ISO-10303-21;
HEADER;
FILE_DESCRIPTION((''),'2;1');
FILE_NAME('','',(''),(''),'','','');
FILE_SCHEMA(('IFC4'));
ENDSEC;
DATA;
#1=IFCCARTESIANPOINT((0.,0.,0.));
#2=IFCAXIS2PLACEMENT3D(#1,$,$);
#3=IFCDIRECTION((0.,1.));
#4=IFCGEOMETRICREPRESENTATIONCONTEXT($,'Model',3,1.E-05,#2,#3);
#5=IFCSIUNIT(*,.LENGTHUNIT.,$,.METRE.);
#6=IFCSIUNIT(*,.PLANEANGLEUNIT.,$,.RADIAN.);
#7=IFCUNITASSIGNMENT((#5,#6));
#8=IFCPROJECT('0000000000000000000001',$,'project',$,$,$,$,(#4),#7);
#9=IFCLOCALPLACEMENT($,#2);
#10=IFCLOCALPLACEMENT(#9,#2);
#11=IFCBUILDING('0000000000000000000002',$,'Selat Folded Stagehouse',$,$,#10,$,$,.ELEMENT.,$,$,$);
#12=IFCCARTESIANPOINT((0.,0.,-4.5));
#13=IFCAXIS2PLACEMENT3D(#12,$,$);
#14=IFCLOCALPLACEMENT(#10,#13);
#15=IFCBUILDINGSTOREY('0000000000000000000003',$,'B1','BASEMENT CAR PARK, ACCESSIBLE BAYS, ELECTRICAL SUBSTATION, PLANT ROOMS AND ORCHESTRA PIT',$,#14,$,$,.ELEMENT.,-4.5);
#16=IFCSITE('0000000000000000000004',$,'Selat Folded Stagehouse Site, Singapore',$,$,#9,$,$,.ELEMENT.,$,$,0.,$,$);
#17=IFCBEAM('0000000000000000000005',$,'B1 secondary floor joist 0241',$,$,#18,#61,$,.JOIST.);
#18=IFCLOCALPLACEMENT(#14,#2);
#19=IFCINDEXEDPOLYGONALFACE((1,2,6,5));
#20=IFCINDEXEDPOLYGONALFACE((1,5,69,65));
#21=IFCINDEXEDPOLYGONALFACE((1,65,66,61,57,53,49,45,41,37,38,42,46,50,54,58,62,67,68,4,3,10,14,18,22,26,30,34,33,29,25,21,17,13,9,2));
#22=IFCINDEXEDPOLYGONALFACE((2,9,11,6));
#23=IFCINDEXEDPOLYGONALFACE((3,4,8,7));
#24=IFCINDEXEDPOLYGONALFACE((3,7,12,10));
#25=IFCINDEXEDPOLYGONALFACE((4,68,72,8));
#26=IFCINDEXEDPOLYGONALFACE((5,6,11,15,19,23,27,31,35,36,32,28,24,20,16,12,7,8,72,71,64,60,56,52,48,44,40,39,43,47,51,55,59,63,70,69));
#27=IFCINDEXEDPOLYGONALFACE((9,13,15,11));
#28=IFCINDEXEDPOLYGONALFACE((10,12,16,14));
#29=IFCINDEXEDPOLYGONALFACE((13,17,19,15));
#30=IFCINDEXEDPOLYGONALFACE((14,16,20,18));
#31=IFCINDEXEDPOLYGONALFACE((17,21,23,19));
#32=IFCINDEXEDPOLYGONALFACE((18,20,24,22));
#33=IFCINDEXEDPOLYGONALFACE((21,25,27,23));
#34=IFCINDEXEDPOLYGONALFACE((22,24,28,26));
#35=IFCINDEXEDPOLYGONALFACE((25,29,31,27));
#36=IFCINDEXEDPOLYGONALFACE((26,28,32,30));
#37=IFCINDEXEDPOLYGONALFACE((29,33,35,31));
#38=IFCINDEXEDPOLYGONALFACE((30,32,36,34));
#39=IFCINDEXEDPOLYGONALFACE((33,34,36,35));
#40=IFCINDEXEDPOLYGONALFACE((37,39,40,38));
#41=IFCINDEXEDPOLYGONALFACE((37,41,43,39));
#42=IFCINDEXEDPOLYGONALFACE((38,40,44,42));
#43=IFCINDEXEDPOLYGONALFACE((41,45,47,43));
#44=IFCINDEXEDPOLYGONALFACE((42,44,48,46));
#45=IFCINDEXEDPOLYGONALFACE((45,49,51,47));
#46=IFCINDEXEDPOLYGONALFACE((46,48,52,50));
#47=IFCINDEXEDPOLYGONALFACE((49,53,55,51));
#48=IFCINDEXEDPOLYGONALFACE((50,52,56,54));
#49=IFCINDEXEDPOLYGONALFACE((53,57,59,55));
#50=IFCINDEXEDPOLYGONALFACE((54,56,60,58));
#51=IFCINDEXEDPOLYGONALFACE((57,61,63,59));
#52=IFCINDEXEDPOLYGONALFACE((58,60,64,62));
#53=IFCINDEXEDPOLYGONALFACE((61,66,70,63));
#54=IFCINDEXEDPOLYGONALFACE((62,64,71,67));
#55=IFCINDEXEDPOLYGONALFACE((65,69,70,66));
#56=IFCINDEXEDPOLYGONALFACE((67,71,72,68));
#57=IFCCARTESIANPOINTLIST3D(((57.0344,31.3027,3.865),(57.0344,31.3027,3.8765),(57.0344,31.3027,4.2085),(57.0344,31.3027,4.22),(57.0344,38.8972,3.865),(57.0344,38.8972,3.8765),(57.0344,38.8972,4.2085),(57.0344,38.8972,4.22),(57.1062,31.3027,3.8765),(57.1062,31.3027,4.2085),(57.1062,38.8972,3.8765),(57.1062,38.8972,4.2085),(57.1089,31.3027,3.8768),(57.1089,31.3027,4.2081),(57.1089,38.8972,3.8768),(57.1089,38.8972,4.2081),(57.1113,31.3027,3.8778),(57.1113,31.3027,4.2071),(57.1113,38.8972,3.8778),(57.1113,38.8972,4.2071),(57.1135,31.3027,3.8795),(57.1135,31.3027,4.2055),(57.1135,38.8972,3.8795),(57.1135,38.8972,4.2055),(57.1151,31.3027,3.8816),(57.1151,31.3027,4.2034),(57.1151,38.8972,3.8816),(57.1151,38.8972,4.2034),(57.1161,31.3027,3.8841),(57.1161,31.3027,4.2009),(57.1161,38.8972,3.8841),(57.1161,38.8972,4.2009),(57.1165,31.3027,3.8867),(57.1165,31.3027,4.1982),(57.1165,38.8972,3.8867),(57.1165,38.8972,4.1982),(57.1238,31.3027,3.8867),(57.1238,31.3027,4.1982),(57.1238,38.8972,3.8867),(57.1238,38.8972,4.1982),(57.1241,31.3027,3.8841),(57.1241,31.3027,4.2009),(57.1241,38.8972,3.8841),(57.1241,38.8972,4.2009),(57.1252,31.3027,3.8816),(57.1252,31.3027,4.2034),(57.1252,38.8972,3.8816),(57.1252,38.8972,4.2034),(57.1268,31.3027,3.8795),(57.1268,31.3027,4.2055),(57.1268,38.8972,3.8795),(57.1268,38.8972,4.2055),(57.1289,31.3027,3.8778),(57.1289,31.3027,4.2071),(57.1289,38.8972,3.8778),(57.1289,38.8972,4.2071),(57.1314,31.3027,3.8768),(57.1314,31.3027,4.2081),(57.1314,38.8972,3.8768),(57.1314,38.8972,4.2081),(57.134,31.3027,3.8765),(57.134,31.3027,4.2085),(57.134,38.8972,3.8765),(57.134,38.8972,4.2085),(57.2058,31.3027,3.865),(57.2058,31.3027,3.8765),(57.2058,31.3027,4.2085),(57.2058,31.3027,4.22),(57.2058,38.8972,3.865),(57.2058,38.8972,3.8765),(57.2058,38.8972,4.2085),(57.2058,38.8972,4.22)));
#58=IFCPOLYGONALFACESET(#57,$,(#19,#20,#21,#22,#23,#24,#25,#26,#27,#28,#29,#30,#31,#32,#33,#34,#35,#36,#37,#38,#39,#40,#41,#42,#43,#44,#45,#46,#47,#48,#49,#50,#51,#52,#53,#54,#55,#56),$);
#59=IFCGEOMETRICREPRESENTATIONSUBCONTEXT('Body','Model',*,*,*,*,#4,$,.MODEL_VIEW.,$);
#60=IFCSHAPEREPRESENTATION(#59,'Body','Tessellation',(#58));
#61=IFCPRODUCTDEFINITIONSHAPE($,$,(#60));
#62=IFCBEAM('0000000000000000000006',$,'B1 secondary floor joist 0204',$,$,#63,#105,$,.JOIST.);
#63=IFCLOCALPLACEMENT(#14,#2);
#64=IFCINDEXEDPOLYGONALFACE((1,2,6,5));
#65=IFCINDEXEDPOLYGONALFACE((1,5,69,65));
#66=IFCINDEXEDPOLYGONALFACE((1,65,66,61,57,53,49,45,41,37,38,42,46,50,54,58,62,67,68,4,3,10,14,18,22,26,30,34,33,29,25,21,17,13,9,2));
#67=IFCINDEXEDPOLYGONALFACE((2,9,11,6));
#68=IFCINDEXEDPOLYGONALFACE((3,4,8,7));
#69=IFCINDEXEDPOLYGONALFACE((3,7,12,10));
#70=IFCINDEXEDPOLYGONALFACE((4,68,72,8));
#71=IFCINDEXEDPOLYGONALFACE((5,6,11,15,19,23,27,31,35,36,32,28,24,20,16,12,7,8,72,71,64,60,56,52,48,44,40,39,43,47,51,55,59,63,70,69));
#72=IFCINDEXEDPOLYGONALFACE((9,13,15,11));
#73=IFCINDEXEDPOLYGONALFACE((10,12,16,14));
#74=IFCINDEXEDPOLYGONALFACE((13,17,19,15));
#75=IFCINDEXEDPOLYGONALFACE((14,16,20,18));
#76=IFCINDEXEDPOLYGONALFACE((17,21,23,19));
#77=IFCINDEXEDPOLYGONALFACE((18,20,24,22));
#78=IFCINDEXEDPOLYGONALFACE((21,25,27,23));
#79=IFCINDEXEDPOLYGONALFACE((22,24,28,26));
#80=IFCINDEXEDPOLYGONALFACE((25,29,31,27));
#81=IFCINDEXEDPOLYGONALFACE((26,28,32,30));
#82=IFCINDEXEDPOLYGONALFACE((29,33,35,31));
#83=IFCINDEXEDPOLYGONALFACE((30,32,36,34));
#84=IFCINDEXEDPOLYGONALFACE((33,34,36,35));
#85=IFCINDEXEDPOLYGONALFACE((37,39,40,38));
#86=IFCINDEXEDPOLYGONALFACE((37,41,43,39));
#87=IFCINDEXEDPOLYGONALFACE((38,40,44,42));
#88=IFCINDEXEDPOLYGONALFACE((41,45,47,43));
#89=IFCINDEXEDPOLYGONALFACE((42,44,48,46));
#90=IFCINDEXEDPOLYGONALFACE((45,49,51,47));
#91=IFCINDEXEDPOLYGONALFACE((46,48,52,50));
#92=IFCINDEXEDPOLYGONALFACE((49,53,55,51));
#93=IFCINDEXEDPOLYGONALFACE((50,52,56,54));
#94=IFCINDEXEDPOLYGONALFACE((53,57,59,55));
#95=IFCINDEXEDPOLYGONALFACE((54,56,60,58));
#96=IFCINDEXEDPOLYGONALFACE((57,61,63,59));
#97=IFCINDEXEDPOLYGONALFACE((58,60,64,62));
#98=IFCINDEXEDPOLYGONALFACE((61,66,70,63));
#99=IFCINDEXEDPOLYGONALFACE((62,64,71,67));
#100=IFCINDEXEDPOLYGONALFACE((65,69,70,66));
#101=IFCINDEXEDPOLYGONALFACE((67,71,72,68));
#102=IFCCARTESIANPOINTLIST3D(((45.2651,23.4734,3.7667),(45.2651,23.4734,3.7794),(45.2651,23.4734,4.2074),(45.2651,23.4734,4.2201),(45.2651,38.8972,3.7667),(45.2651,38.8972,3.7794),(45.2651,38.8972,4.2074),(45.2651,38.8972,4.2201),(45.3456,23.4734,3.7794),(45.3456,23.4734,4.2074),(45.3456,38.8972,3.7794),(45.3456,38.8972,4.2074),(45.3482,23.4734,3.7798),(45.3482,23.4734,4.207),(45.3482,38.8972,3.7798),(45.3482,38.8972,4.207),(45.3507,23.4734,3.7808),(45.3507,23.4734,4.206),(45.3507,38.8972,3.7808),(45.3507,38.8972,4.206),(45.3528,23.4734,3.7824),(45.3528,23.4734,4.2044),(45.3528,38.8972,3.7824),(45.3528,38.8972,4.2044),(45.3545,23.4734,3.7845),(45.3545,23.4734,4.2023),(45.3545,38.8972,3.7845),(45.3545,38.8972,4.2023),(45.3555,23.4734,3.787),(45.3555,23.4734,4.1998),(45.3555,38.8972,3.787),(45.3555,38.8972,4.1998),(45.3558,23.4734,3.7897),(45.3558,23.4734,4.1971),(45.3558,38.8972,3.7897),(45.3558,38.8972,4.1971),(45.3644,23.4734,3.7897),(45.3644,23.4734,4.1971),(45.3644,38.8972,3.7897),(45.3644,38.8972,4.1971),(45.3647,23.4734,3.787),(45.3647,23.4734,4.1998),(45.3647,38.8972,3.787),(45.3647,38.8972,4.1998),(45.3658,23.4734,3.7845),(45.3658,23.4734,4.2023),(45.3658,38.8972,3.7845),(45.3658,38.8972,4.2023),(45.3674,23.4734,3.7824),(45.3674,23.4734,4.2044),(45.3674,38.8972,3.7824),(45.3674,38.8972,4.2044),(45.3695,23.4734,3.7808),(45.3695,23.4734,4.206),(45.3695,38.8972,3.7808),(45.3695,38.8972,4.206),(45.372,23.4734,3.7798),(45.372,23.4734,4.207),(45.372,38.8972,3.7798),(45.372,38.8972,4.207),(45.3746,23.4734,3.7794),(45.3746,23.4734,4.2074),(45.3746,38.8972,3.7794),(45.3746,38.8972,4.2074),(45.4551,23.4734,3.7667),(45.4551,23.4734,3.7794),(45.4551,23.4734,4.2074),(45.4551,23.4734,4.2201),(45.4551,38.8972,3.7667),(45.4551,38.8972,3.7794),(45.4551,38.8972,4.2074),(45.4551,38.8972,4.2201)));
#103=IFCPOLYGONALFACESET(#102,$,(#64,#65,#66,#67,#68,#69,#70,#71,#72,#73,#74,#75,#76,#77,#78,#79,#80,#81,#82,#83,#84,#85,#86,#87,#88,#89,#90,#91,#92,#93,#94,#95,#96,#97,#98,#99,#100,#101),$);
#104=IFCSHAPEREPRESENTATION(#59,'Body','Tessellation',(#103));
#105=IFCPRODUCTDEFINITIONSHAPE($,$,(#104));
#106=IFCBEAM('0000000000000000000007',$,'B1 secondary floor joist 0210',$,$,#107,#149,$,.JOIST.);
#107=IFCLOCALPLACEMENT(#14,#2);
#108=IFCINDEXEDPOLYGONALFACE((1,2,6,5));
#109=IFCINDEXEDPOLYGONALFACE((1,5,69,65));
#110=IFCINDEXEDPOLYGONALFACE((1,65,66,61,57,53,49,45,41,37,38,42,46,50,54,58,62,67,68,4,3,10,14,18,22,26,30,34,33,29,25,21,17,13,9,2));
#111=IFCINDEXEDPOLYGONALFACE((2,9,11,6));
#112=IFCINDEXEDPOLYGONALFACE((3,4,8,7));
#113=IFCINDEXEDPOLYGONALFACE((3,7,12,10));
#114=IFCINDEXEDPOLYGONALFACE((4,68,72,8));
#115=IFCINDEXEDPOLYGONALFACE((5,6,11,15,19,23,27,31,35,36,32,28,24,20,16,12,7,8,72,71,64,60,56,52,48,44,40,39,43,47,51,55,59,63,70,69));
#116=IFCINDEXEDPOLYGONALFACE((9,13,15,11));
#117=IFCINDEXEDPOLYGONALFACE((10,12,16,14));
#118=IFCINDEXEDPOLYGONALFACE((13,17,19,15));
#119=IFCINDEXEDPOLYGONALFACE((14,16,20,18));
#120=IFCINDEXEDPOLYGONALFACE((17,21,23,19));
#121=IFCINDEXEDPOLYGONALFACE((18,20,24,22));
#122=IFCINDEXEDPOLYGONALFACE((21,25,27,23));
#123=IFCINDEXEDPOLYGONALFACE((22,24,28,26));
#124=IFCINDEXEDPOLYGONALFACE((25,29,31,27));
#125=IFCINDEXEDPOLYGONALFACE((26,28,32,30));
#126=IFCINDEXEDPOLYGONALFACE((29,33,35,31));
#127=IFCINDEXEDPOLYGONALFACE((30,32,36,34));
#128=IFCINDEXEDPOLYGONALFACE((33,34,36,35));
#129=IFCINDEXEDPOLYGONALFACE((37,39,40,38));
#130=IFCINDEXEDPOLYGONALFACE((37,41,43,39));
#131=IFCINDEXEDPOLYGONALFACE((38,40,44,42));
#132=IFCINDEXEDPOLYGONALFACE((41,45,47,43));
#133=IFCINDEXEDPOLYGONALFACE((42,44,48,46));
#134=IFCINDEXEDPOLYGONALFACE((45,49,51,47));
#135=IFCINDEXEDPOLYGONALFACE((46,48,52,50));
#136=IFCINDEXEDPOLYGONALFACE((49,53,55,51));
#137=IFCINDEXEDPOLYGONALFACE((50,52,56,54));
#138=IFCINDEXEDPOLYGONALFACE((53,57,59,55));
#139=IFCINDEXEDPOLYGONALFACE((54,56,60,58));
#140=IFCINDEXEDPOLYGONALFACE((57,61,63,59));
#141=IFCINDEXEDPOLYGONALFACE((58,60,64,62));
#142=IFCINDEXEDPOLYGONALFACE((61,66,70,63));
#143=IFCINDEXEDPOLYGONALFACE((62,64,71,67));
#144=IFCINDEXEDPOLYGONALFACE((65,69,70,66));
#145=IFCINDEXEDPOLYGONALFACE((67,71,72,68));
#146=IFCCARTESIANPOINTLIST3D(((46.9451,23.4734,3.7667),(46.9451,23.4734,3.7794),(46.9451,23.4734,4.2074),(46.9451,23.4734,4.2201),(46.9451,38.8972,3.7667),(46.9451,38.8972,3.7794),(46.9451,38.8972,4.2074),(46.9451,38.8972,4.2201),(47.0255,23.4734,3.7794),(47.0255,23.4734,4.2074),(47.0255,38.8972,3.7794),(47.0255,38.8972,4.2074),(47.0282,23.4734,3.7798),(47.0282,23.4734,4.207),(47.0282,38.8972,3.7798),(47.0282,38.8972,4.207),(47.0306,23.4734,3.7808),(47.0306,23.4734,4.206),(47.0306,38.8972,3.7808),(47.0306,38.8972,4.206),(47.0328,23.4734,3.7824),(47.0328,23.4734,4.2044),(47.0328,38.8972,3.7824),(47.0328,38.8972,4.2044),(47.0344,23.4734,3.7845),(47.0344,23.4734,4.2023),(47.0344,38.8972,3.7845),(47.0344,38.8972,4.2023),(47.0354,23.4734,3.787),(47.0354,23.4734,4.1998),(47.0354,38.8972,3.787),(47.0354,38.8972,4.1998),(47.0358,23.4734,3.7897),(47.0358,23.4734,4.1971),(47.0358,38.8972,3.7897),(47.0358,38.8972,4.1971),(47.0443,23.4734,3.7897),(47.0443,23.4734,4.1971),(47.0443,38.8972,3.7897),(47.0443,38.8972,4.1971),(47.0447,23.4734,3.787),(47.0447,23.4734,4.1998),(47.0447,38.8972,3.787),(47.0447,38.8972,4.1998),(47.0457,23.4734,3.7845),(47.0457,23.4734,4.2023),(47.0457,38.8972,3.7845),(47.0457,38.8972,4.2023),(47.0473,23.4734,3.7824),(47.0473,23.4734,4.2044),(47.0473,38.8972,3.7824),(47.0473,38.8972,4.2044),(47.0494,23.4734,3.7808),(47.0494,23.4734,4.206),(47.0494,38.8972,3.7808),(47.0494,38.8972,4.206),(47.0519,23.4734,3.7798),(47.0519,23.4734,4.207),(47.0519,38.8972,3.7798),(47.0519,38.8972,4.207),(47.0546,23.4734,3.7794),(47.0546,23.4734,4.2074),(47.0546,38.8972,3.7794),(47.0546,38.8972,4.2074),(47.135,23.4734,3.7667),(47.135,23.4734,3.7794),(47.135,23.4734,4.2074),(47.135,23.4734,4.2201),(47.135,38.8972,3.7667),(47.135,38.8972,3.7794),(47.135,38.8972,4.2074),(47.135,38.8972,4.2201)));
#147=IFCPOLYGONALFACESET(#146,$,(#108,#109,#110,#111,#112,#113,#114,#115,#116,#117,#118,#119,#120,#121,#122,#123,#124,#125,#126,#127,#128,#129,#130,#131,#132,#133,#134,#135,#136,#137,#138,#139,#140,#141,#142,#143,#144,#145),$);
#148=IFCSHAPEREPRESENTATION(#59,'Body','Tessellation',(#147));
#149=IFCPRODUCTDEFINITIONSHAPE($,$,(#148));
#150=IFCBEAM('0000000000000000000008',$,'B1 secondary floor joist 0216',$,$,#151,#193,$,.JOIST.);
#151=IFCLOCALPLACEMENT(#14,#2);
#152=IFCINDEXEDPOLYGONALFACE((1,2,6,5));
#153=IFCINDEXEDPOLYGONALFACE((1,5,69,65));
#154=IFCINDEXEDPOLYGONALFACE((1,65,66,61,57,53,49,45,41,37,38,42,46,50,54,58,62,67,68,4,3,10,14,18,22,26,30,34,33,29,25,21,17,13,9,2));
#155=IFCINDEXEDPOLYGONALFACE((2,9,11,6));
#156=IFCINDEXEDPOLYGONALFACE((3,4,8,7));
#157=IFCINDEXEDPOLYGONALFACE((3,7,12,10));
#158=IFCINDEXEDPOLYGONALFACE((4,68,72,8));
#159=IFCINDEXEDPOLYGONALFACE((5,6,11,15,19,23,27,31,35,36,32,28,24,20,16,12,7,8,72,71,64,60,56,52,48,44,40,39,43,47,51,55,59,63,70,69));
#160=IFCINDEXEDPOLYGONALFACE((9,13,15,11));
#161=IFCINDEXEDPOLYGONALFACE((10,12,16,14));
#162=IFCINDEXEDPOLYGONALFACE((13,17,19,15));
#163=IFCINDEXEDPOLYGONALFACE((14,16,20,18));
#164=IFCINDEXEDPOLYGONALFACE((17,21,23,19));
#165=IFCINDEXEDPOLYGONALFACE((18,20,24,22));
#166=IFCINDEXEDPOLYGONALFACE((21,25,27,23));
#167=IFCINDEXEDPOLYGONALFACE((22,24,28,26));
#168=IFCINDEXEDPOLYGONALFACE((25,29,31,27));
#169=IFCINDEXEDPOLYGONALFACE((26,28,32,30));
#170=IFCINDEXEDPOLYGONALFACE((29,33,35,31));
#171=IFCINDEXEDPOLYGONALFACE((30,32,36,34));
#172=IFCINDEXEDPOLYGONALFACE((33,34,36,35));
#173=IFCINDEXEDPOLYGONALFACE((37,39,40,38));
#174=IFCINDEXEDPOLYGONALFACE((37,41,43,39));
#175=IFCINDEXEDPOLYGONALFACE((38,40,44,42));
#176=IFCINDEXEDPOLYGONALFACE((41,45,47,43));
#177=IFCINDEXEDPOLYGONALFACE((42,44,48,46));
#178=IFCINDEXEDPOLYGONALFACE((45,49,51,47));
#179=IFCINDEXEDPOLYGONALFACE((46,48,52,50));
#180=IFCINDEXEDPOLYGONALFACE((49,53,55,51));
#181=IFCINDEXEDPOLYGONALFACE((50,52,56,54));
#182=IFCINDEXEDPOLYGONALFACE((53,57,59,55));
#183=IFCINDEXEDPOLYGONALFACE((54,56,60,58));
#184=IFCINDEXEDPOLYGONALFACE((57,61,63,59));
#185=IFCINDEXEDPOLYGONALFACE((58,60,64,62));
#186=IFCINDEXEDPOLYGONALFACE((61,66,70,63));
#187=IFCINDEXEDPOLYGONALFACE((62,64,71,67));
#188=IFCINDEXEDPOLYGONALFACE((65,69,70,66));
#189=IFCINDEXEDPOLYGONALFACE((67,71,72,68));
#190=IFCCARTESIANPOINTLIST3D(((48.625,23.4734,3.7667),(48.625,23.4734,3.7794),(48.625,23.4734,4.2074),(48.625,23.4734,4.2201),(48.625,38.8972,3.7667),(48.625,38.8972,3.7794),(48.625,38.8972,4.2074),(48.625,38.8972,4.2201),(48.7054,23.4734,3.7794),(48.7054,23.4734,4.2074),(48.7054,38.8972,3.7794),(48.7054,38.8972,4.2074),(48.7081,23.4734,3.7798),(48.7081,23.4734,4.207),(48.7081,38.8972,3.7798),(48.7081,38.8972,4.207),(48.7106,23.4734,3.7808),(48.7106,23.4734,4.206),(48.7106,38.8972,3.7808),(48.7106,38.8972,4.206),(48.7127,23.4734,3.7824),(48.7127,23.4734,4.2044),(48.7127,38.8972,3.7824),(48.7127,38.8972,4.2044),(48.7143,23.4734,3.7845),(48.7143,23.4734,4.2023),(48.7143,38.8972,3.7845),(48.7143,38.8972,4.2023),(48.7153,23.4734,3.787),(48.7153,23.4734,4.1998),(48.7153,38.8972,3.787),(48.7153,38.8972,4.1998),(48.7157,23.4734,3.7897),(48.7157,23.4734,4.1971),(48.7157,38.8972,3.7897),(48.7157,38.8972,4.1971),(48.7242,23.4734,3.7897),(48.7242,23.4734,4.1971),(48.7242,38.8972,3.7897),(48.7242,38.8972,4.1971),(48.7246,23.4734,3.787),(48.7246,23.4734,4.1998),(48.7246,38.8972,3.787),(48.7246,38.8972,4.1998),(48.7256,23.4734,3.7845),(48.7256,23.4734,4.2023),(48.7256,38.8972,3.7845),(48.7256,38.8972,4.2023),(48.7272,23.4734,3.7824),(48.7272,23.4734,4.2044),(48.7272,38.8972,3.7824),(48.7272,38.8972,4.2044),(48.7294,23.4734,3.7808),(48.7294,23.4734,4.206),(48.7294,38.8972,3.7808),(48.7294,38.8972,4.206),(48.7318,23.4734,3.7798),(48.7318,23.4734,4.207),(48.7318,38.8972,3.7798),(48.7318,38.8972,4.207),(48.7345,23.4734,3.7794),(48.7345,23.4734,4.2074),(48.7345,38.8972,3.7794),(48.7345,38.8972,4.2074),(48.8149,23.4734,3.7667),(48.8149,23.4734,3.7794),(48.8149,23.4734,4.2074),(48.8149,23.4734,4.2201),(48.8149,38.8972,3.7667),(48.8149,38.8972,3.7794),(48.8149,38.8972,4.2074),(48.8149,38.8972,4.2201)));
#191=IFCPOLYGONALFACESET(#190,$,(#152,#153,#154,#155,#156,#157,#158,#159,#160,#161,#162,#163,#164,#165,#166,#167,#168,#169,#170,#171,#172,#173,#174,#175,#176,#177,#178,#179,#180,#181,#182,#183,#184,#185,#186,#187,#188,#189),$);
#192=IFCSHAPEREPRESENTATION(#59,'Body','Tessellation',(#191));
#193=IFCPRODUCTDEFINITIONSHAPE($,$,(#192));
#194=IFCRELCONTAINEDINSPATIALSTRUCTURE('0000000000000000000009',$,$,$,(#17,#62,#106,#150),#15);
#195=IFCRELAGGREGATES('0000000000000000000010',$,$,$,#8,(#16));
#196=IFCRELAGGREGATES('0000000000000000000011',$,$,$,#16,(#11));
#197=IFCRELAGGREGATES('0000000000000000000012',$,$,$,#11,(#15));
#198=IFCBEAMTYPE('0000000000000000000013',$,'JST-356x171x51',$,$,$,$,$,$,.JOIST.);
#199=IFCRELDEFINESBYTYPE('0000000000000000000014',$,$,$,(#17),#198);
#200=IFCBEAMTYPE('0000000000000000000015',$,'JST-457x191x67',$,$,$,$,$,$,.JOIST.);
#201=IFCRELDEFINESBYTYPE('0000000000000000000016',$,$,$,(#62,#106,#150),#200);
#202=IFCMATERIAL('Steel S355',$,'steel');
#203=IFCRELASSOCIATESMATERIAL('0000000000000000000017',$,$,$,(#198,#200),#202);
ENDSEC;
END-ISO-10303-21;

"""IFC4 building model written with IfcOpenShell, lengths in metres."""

from ifc_helpers import new_model, si_unit, direction, frame, origin, origin_2d, place, context, subcontext, project, spatial, i_section, extrude, material, material_profile, profile_set, type_object, element, save


model = new_model("IFC4")

# Units and contexts
model_context = context("Model", 3, precision=1e-05, world=origin(), true_north=direction((0.0, 1.0)))
body_context = subcontext(model_context, "Body", "Model", "MODEL_VIEW")
ifc_project = project(units=[si_unit("LENGTHUNIT", "METRE"), si_unit("PLANEANGLEUNIT", "RADIAN")], contexts=[model_context])

# Site, building, storey
site_placement = place(None, origin())
site = spatial("IfcSite", under=ifc_project, at=site_placement, Name="Selat Folded Stagehouse Site, Singapore", CompositionType="ELEMENT", RefElevation=0.0)
building_placement = place(site_placement, origin())
building = spatial("IfcBuilding", under=site, at=building_placement, Name="Selat Folded Stagehouse", CompositionType="ELEMENT")
storey_placement = place(building_placement, frame((0.0, 0.0, -4.5)))
storey = spatial("IfcBuildingStorey", under=building, at=storey_placement, Name="B1", Description="BASEMENT CAR PARK, ACCESSIBLE BAYS, ELECTRICAL SUBSTATION, PLANT ROOMS AND ORCHESTRA PIT", CompositionType="ELEMENT", Elevation=-4.5)

# Shared definitions
ifc_material_1 = material(Name="Steel S355", Category="steel")

# Beams
ifc_material_profile_1 = material_profile(ifc_material_1, i_section(OverallWidth=0.1714, OverallDepth=0.355, WebThickness=0.0073, FlangeThickness=0.0115, FilletRadius=0.0103, at=origin_2d()), Name="UKB 356x171x51")
ifc_profile_set_1 = profile_set([ifc_material_profile_1], Name="Steel S355")
beam_type_1 = type_object("IfcBeamType", Name="JST-356x171x51", PredefinedType="JOIST", material=ifc_profile_set_1)
beam_1_placement = place(storey_placement, frame((57.1201, 31.3027, 4.0425), z_axis=(0.0, 1.0, 0.0), x_axis=(-1.0, 0.0, 0.0)))
element("IfcBeam", 1, at=beam_1_placement, inside=storey, type_object=beam_type_1, Name="B1 secondary floor joist 0241", PredefinedType="JOIST", context=body_context, shape_type="SweptSolid", body=[
    extrude(i_section(OverallWidth=0.1714, OverallDepth=0.355, WebThickness=0.0073, FlangeThickness=0.0115, FilletRadius=0.0103, at=origin_2d()), origin(), (0.0, 0.0, 1.0), 7.5945),
])
ifc_material_profile_2 = material_profile(ifc_material_1, i_section(OverallWidth=0.1899, OverallDepth=0.4534, WebThickness=0.0085, FlangeThickness=0.0127, FilletRadius=0.0103, at=origin_2d()), Name="UKB 457x191x67")
ifc_profile_set_2 = profile_set([ifc_material_profile_2], Name="Steel S355")
beam_type_2 = type_object("IfcBeamType", Name="JST-457x191x67", PredefinedType="JOIST", material=ifc_profile_set_2)
for number, where, z_axis, x_axis, name in (
    (2, (45.3601, 23.4734, 3.9934), (0.0, 1.0, 0.0), (-1.0, 0.0, 0.0), "B1 secondary floor joist 0204"),
    (3, (47.04, 23.4734, 3.9934), (0.0, 1.0, 0.0), (-1.0, 0.0, 0.0), "B1 secondary floor joist 0210"),
    (4, (48.72, 23.4734, 3.9934), (0.0, 1.0, 0.0), (-1.0, 0.0, 0.0), "B1 secondary floor joist 0216"),
):
    element("IfcBeam", number, at=place(storey_placement, frame(where, z_axis=z_axis, x_axis=x_axis)), inside=storey, type_object=beam_type_2, Name=name, PredefinedType="JOIST", context=body_context, shape_type="SweptSolid", body=[
        extrude(i_section(OverallWidth=0.1899, OverallDepth=0.4534, WebThickness=0.0085, FlangeThickness=0.0127, FilletRadius=0.0103, at=origin_2d()), origin(), (0.0, 0.0, 1.0), 15.4238),
    ])

save(model, "model.ifc")
